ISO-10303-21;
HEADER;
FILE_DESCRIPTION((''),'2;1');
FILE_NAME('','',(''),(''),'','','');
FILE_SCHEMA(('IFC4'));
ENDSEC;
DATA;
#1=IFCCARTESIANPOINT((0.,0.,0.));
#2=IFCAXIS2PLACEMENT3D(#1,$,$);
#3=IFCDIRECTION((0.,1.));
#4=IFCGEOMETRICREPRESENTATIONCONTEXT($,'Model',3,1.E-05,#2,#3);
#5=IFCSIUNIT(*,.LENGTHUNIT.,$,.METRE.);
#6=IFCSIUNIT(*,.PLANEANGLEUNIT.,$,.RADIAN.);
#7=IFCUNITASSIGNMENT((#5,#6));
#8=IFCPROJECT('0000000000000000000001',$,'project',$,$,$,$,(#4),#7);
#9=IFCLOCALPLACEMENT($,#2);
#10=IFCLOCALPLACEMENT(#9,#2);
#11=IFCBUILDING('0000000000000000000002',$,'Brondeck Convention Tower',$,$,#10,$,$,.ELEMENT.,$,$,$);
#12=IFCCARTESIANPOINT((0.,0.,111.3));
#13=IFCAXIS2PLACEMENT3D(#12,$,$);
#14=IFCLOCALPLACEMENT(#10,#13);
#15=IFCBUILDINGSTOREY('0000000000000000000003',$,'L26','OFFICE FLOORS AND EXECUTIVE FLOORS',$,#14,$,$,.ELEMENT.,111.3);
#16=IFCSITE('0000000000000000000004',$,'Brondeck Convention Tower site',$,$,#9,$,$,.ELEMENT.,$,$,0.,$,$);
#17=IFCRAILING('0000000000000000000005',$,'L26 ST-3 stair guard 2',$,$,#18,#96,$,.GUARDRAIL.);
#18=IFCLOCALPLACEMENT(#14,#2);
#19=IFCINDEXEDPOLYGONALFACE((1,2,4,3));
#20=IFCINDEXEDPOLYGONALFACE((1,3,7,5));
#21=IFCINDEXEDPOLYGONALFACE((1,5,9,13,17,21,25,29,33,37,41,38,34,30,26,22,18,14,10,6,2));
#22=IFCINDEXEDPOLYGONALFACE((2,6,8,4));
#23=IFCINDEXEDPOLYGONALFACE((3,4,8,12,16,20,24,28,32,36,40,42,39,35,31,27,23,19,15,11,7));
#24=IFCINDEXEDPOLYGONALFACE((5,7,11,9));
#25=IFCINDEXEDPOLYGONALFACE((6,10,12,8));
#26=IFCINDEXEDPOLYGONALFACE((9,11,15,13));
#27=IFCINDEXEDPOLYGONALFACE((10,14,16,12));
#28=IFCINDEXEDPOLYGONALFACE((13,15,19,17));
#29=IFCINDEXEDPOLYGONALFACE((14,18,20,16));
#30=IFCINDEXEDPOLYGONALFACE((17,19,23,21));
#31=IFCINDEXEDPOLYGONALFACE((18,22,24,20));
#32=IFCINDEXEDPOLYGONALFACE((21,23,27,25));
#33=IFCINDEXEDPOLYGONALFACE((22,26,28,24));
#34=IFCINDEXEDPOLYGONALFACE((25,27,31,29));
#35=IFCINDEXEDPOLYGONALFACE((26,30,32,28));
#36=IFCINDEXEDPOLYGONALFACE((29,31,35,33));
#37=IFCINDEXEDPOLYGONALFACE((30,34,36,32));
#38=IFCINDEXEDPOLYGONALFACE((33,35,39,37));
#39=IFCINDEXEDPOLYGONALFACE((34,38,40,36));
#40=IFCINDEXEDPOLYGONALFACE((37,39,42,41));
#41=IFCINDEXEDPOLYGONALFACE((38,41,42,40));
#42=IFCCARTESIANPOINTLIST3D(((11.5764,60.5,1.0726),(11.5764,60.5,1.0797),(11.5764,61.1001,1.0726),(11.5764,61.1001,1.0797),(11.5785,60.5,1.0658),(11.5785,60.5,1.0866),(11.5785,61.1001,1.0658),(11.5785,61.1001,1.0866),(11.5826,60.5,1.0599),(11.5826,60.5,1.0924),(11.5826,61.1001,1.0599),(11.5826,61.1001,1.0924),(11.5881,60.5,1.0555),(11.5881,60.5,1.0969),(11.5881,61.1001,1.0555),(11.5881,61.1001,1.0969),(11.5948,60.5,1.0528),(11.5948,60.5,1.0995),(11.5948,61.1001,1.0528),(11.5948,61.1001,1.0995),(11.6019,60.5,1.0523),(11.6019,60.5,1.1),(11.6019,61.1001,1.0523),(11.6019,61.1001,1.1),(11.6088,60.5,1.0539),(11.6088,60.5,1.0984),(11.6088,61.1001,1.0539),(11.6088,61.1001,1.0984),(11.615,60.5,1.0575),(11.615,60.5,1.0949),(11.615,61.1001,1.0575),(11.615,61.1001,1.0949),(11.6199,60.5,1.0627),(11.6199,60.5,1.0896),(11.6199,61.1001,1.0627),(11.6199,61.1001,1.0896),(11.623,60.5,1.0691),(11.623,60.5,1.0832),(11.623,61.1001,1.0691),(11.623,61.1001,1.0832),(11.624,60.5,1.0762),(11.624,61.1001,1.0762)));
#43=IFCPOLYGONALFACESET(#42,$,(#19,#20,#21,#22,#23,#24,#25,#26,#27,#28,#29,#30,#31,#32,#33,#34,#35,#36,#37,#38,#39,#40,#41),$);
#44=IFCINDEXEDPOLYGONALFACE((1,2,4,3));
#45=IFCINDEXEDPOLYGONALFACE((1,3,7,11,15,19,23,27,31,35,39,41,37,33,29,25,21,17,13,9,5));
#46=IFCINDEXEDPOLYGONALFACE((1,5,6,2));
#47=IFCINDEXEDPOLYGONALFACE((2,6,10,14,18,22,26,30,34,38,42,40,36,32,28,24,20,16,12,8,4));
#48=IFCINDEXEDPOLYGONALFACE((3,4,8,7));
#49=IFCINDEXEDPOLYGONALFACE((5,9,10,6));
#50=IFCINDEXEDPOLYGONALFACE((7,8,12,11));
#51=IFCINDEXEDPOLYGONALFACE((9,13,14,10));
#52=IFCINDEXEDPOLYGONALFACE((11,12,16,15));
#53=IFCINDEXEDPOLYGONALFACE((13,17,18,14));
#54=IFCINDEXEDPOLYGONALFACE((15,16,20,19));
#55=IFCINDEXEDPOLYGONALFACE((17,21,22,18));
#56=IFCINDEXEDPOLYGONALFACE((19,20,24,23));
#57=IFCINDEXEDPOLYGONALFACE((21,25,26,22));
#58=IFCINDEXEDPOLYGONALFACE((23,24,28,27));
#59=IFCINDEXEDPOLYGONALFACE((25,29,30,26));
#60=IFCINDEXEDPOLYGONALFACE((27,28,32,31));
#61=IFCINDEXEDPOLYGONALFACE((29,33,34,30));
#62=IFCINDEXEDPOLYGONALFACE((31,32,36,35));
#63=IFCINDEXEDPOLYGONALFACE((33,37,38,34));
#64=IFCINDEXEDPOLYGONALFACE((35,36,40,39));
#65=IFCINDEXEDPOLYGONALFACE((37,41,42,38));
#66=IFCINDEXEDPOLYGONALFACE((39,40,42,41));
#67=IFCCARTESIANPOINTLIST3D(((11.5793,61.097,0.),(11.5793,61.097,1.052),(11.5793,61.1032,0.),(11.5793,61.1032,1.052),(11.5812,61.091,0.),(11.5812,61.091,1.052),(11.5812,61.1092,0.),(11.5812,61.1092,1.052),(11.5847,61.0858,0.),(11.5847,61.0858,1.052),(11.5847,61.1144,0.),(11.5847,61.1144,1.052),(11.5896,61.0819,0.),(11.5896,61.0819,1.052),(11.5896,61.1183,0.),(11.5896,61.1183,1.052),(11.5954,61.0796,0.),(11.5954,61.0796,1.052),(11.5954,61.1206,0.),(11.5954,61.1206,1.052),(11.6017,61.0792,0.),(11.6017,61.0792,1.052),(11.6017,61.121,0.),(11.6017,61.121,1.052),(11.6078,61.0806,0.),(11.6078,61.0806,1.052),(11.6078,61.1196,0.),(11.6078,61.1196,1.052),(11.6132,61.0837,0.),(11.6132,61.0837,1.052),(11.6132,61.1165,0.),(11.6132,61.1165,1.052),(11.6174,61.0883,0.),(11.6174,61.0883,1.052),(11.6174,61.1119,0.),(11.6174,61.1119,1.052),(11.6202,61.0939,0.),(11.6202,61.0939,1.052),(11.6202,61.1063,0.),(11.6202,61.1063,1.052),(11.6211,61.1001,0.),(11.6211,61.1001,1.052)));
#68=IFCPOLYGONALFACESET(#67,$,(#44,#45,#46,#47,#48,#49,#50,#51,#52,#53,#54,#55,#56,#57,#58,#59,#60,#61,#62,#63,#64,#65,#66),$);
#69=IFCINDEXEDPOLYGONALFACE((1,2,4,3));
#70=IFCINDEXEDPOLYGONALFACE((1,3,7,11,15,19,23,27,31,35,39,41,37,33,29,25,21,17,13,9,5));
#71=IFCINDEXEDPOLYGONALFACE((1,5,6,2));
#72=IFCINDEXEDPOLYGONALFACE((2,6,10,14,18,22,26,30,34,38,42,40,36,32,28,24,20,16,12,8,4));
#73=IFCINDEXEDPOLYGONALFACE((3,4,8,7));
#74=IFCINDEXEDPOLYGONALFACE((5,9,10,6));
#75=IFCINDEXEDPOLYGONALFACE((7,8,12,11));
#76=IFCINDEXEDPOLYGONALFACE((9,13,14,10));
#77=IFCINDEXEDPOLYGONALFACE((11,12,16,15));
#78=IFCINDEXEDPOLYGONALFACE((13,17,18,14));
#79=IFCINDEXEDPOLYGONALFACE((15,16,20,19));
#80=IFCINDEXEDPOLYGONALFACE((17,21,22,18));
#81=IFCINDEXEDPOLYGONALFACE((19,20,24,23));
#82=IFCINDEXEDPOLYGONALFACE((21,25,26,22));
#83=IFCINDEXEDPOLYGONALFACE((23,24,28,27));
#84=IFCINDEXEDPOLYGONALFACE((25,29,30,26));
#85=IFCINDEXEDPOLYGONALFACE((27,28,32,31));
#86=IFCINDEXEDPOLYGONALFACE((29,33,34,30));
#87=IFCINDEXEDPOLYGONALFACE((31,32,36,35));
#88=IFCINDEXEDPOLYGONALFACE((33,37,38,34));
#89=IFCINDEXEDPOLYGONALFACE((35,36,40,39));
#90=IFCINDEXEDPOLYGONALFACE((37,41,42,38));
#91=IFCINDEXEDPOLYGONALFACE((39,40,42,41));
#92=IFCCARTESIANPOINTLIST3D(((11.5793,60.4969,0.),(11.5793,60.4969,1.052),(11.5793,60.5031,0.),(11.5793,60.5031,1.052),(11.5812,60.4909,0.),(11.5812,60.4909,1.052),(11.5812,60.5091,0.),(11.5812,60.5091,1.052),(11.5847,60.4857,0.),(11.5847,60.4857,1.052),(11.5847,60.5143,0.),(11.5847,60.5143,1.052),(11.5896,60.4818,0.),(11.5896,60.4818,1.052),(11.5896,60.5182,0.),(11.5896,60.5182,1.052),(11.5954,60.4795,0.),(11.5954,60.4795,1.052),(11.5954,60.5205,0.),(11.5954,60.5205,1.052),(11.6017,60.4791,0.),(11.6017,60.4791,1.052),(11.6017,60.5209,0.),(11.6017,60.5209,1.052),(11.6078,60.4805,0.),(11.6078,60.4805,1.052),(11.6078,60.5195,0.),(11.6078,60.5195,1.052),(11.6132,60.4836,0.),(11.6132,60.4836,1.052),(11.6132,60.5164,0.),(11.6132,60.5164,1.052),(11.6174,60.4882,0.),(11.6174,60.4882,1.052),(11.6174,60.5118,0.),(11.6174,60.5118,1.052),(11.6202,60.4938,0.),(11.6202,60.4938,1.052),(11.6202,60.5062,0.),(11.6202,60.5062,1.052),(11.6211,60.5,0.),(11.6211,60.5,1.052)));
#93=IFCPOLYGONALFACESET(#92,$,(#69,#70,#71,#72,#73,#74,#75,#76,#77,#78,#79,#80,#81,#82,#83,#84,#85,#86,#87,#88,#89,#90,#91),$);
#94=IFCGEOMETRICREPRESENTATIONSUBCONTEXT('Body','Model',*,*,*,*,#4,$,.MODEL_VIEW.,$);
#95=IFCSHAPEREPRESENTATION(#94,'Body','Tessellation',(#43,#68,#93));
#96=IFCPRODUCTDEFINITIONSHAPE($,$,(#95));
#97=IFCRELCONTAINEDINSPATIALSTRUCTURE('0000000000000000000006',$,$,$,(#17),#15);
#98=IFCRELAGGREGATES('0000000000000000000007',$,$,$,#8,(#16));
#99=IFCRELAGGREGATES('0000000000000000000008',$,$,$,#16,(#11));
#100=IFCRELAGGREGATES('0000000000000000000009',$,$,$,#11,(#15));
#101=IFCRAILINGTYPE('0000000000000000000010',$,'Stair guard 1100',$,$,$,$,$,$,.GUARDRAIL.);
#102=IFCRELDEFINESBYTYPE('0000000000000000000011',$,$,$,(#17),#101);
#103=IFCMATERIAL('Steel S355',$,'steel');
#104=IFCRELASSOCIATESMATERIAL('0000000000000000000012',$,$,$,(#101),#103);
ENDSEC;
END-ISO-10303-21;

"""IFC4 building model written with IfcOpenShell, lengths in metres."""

from ifc_helpers import new_model, si_unit, direction, frame, origin, origin_2d, place, context, subcontext, project, spatial, circle, extrude, material, type_object, element, save


model = new_model("IFC4")

# Units and contexts
model_context = context("Model", 3, precision=1e-05, world=origin(), true_north=direction((0.0, 1.0)))
body_context = subcontext(model_context, "Body", "Model", "MODEL_VIEW")
ifc_project = project(units=[si_unit("LENGTHUNIT", "METRE"), si_unit("PLANEANGLEUNIT", "RADIAN")], contexts=[model_context])

# Site, building, storey
site_placement = place(None, origin())
site = spatial("IfcSite", under=ifc_project, at=site_placement, Name="Brondeck Convention Tower site", CompositionType="ELEMENT", RefElevation=0.0)
building_placement = place(site_placement, origin())
building = spatial("IfcBuilding", under=site, at=building_placement, Name="Brondeck Convention Tower", CompositionType="ELEMENT")
storey_placement = place(building_placement, frame((0.0, 0.0, 111.3)))
storey = spatial("IfcBuildingStorey", under=building, at=storey_placement, Name="L26", Description="OFFICE FLOORS AND EXECUTIVE FLOORS", CompositionType="ELEMENT", Elevation=111.3)

# Railing
ifc_material_1 = material(Name="Steel S355", Category="steel")
railing_type_1 = type_object("IfcRailingType", Name="Stair guard 1100", PredefinedType="GUARDRAIL", material=ifc_material_1)
railing_1_placement = place(storey_placement, frame((11.6001, 61.1001, 0.0)))
element("IfcRailing", 1, at=railing_1_placement, inside=storey, type_object=railing_type_1, Name="L26 ST-3 stair guard 2", PredefinedType="GUARDRAIL", context=body_context, shape_type="SweptSolid", body=[
    extrude(circle(Radius=0.0239, at=origin_2d()), frame((0.0, 0.0, 1.0762), z_axis=(0.0, -1.0, 0.0), x_axis=(1.0, 0.0, 0.0)), (0.0, 0.0, 1.0), 0.6001),
    extrude(circle(Radius=0.021, at=origin_2d()), origin(), (0.0, 0.0, 1.0), 1.052),
    extrude(circle(Radius=0.021, at=origin_2d()), frame((0.0, -0.6001, 0.0)), (0.0, 0.0, 1.0), 1.052),
])

save(model, "model.ifc")
